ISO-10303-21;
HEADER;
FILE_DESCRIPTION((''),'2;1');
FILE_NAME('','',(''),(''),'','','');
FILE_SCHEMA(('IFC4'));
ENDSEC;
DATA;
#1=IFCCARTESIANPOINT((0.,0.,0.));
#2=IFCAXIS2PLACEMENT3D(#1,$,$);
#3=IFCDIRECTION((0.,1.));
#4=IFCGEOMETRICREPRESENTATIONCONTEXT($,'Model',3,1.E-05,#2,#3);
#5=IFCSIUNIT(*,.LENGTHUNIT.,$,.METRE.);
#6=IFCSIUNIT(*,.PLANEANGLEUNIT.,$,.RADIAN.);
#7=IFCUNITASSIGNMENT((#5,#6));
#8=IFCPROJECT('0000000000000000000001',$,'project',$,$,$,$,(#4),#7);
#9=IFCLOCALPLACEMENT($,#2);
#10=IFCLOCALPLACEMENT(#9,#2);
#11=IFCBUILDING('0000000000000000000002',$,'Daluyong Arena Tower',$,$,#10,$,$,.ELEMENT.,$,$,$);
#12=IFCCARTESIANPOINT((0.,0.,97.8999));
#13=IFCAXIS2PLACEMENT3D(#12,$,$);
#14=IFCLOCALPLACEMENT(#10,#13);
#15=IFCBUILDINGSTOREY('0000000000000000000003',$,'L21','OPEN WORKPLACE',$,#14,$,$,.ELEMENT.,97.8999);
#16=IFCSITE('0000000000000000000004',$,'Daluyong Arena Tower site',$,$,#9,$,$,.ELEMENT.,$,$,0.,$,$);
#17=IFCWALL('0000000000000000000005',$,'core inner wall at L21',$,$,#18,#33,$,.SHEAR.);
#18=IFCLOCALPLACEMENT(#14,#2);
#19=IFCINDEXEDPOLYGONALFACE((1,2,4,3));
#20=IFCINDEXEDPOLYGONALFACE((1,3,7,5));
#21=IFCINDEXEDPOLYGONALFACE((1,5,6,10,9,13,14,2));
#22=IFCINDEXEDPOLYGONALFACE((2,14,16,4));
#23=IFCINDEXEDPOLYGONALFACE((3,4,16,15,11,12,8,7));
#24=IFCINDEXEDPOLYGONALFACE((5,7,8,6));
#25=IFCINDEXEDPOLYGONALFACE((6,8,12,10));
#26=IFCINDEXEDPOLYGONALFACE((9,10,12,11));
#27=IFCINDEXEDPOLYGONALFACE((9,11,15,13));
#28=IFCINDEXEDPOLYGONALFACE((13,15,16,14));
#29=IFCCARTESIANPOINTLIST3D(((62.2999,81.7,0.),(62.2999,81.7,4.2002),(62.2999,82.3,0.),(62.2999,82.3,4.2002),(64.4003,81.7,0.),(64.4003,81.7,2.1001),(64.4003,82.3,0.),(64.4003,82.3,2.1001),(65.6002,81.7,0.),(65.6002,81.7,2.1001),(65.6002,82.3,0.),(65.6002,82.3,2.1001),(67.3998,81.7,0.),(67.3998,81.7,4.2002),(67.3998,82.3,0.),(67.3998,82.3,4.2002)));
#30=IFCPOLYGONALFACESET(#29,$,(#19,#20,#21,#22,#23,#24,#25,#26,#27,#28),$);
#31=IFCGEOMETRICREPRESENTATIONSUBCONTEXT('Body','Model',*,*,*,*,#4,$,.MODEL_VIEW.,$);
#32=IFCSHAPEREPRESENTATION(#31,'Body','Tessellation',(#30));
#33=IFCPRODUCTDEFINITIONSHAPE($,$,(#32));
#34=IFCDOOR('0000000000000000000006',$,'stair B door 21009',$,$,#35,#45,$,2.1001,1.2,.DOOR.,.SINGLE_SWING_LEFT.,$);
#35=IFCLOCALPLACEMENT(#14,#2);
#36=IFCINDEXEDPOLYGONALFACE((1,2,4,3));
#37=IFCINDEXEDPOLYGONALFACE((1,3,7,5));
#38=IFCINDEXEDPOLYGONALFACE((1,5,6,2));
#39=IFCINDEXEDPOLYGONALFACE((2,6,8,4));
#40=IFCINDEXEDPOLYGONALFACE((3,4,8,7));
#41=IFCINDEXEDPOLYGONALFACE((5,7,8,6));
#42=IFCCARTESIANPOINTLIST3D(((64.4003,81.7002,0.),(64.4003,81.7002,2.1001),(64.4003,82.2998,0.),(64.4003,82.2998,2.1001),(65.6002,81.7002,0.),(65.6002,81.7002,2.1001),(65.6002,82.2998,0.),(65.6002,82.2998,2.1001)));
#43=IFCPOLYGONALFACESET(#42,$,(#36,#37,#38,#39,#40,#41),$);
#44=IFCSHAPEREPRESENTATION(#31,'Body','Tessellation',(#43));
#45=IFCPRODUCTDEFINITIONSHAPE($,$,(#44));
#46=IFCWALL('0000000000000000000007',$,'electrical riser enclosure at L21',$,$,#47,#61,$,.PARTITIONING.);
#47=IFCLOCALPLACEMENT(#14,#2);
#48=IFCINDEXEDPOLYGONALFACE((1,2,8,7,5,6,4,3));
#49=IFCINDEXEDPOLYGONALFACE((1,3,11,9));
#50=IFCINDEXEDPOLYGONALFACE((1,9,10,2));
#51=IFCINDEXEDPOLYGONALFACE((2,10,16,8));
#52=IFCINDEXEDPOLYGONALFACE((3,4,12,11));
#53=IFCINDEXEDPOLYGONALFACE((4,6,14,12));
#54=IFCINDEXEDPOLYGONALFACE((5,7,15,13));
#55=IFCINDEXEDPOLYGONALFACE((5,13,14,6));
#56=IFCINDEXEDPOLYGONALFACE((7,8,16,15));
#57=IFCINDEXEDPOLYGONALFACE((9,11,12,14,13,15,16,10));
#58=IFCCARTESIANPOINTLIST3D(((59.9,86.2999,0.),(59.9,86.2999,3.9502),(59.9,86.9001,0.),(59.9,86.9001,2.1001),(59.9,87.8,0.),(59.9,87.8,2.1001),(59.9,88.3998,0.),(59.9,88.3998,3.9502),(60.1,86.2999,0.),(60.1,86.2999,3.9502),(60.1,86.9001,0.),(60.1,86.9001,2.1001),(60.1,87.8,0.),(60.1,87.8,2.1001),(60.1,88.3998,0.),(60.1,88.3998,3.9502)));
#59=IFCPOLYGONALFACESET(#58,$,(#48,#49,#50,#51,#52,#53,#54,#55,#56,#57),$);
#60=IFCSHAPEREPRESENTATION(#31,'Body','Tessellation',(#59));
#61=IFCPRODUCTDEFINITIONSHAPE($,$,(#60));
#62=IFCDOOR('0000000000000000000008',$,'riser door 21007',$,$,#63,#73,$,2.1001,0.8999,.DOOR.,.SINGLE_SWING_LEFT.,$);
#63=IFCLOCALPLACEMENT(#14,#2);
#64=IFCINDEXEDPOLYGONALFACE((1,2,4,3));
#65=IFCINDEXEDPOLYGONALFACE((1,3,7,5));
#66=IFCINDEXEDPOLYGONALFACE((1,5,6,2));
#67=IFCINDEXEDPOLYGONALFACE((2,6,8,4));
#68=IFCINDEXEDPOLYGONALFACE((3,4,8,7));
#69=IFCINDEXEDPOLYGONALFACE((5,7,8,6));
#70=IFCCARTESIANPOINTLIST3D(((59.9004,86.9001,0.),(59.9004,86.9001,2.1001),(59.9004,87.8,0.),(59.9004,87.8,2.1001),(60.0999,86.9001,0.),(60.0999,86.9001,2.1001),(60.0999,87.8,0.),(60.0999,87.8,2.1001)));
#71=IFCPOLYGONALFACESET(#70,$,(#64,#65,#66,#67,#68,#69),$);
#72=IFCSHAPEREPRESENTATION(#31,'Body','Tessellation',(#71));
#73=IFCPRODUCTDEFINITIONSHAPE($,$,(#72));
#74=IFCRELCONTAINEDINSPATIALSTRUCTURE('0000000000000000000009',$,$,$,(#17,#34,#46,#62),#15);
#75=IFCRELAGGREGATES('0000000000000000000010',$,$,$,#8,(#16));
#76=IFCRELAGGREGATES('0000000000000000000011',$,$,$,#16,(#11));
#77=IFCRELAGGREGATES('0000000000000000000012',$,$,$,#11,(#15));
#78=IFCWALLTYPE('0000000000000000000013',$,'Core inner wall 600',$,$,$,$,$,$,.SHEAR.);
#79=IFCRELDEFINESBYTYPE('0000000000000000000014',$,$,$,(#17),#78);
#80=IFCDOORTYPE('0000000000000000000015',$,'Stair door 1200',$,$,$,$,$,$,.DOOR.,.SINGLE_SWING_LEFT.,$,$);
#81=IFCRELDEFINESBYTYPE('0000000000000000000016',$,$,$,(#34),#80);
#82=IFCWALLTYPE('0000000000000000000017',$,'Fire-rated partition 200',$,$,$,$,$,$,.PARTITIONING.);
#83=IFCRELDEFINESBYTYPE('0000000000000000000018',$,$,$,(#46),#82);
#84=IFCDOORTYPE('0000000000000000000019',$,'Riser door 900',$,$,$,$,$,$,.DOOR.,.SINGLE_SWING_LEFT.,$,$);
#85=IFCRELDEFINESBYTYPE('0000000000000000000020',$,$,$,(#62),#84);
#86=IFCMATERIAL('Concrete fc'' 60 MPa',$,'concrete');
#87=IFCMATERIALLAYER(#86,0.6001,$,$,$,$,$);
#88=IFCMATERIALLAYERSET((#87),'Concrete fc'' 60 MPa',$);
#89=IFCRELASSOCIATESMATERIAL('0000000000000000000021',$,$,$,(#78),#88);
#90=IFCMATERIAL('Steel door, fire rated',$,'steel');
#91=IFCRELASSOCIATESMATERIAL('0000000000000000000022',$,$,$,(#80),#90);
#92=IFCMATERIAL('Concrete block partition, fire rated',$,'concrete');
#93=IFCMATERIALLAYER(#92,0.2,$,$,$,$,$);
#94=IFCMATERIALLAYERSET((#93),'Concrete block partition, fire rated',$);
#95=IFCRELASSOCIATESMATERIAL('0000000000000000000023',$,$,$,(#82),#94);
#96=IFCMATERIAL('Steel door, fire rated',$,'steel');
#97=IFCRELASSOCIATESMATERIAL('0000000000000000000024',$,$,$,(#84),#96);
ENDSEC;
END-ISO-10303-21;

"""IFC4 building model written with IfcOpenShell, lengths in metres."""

from ifc_helpers import new_model, si_unit, direction, frame, frame_2d, origin, place, context, subcontext, project, spatial, rectangle, extrude, material, layer, layer_set, type_object, element, fill, save


model = new_model("IFC4")

# Units and contexts
model_context = context("Model", 3, precision=1e-05, world=origin(), true_north=direction((0.0, 1.0)))
body_context = subcontext(model_context, "Body", "Model", "MODEL_VIEW")
ifc_project = project(units=[si_unit("LENGTHUNIT", "METRE"), si_unit("PLANEANGLEUNIT", "RADIAN")], contexts=[model_context])

# Site, building, storey
site_placement = place(None, origin())
site = spatial("IfcSite", under=ifc_project, at=site_placement, Name="Daluyong Arena Tower site", CompositionType="ELEMENT", RefElevation=0.0)
building_placement = place(site_placement, origin())
building = spatial("IfcBuilding", under=site, at=building_placement, Name="Daluyong Arena Tower", CompositionType="ELEMENT")
storey_placement = place(building_placement, frame((0.0, 0.0, 97.8999)))
storey = spatial("IfcBuildingStorey", under=building, at=storey_placement, Name="L21", Description="OPEN WORKPLACE", CompositionType="ELEMENT", Elevation=97.8999)

# Walls, openings, doors
ifc_material_1 = material(Name="Concrete fc' 60 MPa", Category="concrete")
ifc_layer_1 = layer(ifc_material_1, 0.6001)
ifc_layer_set_1 = layer_set([ifc_layer_1], Name="Concrete fc' 60 MPa")
wall_type_1 = type_object("IfcWallType", Name="Core inner wall 600", PredefinedType="SHEAR", material=ifc_layer_set_1)
wall_1_placement = place(storey_placement, frame((62.3, 82.0, 0.0), z_axis=(0.0, 0.0, 1.0), x_axis=(1.0, 0.0, 0.0)))
wall_1 = element("IfcWall", 1, at=wall_1_placement, inside=storey, type_object=wall_type_1, Name="core inner wall at L21", PredefinedType="SHEAR", context=body_context, shape_type="SweptSolid", body=[
    extrude(rectangle(XDim=5.0999, YDim=0.6001, at=frame_2d((2.5498, 0.0))), origin(), (0.0, 0.0, 1.0), 4.2002),
])
opening_1_placement = place(wall_1_placement, frame((2.1001, 0.0, 0.0)))
opening_1 = element("IfcOpeningElement", 2, at=opening_1_placement, cuts=wall_1, PredefinedType="OPENING", context=body_context, shape_type="SweptSolid", body=[
    extrude(rectangle(XDim=1.2, YDim=2.1001, at=frame_2d((0.6001, 1.05))), frame((0.0, 0.3101, 0.0), z_axis=(0.0, -1.0, 0.0), x_axis=(1.0, 0.0, 0.0)), (0.0, 0.0, 1.0), 0.6201),
])
ifc_material_2 = material(Name="Steel door, fire rated", Category="steel")
door_type_1 = type_object("IfcDoorType", Name="Stair door 1200", OperationType="SINGLE_SWING_LEFT", PredefinedType="DOOR", material=ifc_material_2)
door_1_placement = place(opening_1_placement, origin())
door_1 = element("IfcDoor", 3, at=door_1_placement, inside=storey, type_object=door_type_1, Name="stair B door 21009", OperationType="SINGLE_SWING_LEFT", OverallHeight=2.1001, OverallWidth=1.2, PredefinedType="DOOR", context=body_context, shape_type="SweptSolid", body=[
    extrude(rectangle(XDim=1.2, YDim=2.1001, at=frame_2d((0.6001, 1.05))), frame((0.0, 0.2998, 0.0), z_axis=(0.0, -1.0, 0.0), x_axis=(1.0, 0.0, 0.0)), (0.0, 0.0, 1.0), 0.5996),
])
fill(opening_1, door_1)
ifc_material_3 = material(Name="Concrete block partition, fire rated", Category="concrete")
ifc_layer_2 = layer(ifc_material_3, 0.2)
ifc_layer_set_2 = layer_set([ifc_layer_2], Name="Concrete block partition, fire rated")
wall_type_2 = type_object("IfcWallType", Name="Fire-rated partition 200", PredefinedType="PARTITIONING", material=ifc_layer_set_2)
wall_2_placement = place(storey_placement, frame((60.0, 86.3, 0.0), z_axis=(0.0, 0.0, 1.0), x_axis=(0.0, 1.0, 0.0)))
wall_2 = element("IfcWall", 4, at=wall_2_placement, inside=storey, type_object=wall_type_2, Name="electrical riser enclosure at L21", PredefinedType="PARTITIONING", context=body_context, shape_type="SweptSolid", body=[
    extrude(rectangle(XDim=2.0999, YDim=0.2, at=frame_2d((1.0498, 0.0))), origin(), (0.0, 0.0, 1.0), 3.9502),
])
opening_2_placement = place(wall_2_placement, frame((0.6001, 0.0, 0.0)))
opening_2 = element("IfcOpeningElement", 5, at=opening_2_placement, cuts=wall_2, PredefinedType="OPENING", context=body_context, shape_type="SweptSolid", body=[
    extrude(rectangle(XDim=0.8999, YDim=2.1001, at=frame_2d((0.45, 1.05))), frame((0.0, 0.1099, 0.0), z_axis=(0.0, -1.0, 0.0), x_axis=(1.0, 0.0, 0.0)), (0.0, 0.0, 1.0), 0.22),
])
ifc_material_4 = material(Name="Steel door, fire rated", Category="steel")
door_type_2 = type_object("IfcDoorType", Name="Riser door 900", OperationType="SINGLE_SWING_LEFT", PredefinedType="DOOR", material=ifc_material_4)
door_2_placement = place(opening_2_placement, origin())
door_2 = element("IfcDoor", 6, at=door_2_placement, inside=storey, type_object=door_type_2, Name="riser door 21007", OperationType="SINGLE_SWING_LEFT", OverallHeight=2.1001, OverallWidth=0.8999, PredefinedType="DOOR", context=body_context, shape_type="SweptSolid", body=[
    extrude(rectangle(XDim=0.8999, YDim=2.1001, at=frame_2d((0.45, 1.05))), frame((0.0, 0.0996, 0.0), z_axis=(0.0, -1.0, 0.0), x_axis=(1.0, 0.0, 0.0)), (0.0, 0.0, 1.0), 0.1995),
])
fill(opening_2, door_2)

save(model, "model.ifc")
